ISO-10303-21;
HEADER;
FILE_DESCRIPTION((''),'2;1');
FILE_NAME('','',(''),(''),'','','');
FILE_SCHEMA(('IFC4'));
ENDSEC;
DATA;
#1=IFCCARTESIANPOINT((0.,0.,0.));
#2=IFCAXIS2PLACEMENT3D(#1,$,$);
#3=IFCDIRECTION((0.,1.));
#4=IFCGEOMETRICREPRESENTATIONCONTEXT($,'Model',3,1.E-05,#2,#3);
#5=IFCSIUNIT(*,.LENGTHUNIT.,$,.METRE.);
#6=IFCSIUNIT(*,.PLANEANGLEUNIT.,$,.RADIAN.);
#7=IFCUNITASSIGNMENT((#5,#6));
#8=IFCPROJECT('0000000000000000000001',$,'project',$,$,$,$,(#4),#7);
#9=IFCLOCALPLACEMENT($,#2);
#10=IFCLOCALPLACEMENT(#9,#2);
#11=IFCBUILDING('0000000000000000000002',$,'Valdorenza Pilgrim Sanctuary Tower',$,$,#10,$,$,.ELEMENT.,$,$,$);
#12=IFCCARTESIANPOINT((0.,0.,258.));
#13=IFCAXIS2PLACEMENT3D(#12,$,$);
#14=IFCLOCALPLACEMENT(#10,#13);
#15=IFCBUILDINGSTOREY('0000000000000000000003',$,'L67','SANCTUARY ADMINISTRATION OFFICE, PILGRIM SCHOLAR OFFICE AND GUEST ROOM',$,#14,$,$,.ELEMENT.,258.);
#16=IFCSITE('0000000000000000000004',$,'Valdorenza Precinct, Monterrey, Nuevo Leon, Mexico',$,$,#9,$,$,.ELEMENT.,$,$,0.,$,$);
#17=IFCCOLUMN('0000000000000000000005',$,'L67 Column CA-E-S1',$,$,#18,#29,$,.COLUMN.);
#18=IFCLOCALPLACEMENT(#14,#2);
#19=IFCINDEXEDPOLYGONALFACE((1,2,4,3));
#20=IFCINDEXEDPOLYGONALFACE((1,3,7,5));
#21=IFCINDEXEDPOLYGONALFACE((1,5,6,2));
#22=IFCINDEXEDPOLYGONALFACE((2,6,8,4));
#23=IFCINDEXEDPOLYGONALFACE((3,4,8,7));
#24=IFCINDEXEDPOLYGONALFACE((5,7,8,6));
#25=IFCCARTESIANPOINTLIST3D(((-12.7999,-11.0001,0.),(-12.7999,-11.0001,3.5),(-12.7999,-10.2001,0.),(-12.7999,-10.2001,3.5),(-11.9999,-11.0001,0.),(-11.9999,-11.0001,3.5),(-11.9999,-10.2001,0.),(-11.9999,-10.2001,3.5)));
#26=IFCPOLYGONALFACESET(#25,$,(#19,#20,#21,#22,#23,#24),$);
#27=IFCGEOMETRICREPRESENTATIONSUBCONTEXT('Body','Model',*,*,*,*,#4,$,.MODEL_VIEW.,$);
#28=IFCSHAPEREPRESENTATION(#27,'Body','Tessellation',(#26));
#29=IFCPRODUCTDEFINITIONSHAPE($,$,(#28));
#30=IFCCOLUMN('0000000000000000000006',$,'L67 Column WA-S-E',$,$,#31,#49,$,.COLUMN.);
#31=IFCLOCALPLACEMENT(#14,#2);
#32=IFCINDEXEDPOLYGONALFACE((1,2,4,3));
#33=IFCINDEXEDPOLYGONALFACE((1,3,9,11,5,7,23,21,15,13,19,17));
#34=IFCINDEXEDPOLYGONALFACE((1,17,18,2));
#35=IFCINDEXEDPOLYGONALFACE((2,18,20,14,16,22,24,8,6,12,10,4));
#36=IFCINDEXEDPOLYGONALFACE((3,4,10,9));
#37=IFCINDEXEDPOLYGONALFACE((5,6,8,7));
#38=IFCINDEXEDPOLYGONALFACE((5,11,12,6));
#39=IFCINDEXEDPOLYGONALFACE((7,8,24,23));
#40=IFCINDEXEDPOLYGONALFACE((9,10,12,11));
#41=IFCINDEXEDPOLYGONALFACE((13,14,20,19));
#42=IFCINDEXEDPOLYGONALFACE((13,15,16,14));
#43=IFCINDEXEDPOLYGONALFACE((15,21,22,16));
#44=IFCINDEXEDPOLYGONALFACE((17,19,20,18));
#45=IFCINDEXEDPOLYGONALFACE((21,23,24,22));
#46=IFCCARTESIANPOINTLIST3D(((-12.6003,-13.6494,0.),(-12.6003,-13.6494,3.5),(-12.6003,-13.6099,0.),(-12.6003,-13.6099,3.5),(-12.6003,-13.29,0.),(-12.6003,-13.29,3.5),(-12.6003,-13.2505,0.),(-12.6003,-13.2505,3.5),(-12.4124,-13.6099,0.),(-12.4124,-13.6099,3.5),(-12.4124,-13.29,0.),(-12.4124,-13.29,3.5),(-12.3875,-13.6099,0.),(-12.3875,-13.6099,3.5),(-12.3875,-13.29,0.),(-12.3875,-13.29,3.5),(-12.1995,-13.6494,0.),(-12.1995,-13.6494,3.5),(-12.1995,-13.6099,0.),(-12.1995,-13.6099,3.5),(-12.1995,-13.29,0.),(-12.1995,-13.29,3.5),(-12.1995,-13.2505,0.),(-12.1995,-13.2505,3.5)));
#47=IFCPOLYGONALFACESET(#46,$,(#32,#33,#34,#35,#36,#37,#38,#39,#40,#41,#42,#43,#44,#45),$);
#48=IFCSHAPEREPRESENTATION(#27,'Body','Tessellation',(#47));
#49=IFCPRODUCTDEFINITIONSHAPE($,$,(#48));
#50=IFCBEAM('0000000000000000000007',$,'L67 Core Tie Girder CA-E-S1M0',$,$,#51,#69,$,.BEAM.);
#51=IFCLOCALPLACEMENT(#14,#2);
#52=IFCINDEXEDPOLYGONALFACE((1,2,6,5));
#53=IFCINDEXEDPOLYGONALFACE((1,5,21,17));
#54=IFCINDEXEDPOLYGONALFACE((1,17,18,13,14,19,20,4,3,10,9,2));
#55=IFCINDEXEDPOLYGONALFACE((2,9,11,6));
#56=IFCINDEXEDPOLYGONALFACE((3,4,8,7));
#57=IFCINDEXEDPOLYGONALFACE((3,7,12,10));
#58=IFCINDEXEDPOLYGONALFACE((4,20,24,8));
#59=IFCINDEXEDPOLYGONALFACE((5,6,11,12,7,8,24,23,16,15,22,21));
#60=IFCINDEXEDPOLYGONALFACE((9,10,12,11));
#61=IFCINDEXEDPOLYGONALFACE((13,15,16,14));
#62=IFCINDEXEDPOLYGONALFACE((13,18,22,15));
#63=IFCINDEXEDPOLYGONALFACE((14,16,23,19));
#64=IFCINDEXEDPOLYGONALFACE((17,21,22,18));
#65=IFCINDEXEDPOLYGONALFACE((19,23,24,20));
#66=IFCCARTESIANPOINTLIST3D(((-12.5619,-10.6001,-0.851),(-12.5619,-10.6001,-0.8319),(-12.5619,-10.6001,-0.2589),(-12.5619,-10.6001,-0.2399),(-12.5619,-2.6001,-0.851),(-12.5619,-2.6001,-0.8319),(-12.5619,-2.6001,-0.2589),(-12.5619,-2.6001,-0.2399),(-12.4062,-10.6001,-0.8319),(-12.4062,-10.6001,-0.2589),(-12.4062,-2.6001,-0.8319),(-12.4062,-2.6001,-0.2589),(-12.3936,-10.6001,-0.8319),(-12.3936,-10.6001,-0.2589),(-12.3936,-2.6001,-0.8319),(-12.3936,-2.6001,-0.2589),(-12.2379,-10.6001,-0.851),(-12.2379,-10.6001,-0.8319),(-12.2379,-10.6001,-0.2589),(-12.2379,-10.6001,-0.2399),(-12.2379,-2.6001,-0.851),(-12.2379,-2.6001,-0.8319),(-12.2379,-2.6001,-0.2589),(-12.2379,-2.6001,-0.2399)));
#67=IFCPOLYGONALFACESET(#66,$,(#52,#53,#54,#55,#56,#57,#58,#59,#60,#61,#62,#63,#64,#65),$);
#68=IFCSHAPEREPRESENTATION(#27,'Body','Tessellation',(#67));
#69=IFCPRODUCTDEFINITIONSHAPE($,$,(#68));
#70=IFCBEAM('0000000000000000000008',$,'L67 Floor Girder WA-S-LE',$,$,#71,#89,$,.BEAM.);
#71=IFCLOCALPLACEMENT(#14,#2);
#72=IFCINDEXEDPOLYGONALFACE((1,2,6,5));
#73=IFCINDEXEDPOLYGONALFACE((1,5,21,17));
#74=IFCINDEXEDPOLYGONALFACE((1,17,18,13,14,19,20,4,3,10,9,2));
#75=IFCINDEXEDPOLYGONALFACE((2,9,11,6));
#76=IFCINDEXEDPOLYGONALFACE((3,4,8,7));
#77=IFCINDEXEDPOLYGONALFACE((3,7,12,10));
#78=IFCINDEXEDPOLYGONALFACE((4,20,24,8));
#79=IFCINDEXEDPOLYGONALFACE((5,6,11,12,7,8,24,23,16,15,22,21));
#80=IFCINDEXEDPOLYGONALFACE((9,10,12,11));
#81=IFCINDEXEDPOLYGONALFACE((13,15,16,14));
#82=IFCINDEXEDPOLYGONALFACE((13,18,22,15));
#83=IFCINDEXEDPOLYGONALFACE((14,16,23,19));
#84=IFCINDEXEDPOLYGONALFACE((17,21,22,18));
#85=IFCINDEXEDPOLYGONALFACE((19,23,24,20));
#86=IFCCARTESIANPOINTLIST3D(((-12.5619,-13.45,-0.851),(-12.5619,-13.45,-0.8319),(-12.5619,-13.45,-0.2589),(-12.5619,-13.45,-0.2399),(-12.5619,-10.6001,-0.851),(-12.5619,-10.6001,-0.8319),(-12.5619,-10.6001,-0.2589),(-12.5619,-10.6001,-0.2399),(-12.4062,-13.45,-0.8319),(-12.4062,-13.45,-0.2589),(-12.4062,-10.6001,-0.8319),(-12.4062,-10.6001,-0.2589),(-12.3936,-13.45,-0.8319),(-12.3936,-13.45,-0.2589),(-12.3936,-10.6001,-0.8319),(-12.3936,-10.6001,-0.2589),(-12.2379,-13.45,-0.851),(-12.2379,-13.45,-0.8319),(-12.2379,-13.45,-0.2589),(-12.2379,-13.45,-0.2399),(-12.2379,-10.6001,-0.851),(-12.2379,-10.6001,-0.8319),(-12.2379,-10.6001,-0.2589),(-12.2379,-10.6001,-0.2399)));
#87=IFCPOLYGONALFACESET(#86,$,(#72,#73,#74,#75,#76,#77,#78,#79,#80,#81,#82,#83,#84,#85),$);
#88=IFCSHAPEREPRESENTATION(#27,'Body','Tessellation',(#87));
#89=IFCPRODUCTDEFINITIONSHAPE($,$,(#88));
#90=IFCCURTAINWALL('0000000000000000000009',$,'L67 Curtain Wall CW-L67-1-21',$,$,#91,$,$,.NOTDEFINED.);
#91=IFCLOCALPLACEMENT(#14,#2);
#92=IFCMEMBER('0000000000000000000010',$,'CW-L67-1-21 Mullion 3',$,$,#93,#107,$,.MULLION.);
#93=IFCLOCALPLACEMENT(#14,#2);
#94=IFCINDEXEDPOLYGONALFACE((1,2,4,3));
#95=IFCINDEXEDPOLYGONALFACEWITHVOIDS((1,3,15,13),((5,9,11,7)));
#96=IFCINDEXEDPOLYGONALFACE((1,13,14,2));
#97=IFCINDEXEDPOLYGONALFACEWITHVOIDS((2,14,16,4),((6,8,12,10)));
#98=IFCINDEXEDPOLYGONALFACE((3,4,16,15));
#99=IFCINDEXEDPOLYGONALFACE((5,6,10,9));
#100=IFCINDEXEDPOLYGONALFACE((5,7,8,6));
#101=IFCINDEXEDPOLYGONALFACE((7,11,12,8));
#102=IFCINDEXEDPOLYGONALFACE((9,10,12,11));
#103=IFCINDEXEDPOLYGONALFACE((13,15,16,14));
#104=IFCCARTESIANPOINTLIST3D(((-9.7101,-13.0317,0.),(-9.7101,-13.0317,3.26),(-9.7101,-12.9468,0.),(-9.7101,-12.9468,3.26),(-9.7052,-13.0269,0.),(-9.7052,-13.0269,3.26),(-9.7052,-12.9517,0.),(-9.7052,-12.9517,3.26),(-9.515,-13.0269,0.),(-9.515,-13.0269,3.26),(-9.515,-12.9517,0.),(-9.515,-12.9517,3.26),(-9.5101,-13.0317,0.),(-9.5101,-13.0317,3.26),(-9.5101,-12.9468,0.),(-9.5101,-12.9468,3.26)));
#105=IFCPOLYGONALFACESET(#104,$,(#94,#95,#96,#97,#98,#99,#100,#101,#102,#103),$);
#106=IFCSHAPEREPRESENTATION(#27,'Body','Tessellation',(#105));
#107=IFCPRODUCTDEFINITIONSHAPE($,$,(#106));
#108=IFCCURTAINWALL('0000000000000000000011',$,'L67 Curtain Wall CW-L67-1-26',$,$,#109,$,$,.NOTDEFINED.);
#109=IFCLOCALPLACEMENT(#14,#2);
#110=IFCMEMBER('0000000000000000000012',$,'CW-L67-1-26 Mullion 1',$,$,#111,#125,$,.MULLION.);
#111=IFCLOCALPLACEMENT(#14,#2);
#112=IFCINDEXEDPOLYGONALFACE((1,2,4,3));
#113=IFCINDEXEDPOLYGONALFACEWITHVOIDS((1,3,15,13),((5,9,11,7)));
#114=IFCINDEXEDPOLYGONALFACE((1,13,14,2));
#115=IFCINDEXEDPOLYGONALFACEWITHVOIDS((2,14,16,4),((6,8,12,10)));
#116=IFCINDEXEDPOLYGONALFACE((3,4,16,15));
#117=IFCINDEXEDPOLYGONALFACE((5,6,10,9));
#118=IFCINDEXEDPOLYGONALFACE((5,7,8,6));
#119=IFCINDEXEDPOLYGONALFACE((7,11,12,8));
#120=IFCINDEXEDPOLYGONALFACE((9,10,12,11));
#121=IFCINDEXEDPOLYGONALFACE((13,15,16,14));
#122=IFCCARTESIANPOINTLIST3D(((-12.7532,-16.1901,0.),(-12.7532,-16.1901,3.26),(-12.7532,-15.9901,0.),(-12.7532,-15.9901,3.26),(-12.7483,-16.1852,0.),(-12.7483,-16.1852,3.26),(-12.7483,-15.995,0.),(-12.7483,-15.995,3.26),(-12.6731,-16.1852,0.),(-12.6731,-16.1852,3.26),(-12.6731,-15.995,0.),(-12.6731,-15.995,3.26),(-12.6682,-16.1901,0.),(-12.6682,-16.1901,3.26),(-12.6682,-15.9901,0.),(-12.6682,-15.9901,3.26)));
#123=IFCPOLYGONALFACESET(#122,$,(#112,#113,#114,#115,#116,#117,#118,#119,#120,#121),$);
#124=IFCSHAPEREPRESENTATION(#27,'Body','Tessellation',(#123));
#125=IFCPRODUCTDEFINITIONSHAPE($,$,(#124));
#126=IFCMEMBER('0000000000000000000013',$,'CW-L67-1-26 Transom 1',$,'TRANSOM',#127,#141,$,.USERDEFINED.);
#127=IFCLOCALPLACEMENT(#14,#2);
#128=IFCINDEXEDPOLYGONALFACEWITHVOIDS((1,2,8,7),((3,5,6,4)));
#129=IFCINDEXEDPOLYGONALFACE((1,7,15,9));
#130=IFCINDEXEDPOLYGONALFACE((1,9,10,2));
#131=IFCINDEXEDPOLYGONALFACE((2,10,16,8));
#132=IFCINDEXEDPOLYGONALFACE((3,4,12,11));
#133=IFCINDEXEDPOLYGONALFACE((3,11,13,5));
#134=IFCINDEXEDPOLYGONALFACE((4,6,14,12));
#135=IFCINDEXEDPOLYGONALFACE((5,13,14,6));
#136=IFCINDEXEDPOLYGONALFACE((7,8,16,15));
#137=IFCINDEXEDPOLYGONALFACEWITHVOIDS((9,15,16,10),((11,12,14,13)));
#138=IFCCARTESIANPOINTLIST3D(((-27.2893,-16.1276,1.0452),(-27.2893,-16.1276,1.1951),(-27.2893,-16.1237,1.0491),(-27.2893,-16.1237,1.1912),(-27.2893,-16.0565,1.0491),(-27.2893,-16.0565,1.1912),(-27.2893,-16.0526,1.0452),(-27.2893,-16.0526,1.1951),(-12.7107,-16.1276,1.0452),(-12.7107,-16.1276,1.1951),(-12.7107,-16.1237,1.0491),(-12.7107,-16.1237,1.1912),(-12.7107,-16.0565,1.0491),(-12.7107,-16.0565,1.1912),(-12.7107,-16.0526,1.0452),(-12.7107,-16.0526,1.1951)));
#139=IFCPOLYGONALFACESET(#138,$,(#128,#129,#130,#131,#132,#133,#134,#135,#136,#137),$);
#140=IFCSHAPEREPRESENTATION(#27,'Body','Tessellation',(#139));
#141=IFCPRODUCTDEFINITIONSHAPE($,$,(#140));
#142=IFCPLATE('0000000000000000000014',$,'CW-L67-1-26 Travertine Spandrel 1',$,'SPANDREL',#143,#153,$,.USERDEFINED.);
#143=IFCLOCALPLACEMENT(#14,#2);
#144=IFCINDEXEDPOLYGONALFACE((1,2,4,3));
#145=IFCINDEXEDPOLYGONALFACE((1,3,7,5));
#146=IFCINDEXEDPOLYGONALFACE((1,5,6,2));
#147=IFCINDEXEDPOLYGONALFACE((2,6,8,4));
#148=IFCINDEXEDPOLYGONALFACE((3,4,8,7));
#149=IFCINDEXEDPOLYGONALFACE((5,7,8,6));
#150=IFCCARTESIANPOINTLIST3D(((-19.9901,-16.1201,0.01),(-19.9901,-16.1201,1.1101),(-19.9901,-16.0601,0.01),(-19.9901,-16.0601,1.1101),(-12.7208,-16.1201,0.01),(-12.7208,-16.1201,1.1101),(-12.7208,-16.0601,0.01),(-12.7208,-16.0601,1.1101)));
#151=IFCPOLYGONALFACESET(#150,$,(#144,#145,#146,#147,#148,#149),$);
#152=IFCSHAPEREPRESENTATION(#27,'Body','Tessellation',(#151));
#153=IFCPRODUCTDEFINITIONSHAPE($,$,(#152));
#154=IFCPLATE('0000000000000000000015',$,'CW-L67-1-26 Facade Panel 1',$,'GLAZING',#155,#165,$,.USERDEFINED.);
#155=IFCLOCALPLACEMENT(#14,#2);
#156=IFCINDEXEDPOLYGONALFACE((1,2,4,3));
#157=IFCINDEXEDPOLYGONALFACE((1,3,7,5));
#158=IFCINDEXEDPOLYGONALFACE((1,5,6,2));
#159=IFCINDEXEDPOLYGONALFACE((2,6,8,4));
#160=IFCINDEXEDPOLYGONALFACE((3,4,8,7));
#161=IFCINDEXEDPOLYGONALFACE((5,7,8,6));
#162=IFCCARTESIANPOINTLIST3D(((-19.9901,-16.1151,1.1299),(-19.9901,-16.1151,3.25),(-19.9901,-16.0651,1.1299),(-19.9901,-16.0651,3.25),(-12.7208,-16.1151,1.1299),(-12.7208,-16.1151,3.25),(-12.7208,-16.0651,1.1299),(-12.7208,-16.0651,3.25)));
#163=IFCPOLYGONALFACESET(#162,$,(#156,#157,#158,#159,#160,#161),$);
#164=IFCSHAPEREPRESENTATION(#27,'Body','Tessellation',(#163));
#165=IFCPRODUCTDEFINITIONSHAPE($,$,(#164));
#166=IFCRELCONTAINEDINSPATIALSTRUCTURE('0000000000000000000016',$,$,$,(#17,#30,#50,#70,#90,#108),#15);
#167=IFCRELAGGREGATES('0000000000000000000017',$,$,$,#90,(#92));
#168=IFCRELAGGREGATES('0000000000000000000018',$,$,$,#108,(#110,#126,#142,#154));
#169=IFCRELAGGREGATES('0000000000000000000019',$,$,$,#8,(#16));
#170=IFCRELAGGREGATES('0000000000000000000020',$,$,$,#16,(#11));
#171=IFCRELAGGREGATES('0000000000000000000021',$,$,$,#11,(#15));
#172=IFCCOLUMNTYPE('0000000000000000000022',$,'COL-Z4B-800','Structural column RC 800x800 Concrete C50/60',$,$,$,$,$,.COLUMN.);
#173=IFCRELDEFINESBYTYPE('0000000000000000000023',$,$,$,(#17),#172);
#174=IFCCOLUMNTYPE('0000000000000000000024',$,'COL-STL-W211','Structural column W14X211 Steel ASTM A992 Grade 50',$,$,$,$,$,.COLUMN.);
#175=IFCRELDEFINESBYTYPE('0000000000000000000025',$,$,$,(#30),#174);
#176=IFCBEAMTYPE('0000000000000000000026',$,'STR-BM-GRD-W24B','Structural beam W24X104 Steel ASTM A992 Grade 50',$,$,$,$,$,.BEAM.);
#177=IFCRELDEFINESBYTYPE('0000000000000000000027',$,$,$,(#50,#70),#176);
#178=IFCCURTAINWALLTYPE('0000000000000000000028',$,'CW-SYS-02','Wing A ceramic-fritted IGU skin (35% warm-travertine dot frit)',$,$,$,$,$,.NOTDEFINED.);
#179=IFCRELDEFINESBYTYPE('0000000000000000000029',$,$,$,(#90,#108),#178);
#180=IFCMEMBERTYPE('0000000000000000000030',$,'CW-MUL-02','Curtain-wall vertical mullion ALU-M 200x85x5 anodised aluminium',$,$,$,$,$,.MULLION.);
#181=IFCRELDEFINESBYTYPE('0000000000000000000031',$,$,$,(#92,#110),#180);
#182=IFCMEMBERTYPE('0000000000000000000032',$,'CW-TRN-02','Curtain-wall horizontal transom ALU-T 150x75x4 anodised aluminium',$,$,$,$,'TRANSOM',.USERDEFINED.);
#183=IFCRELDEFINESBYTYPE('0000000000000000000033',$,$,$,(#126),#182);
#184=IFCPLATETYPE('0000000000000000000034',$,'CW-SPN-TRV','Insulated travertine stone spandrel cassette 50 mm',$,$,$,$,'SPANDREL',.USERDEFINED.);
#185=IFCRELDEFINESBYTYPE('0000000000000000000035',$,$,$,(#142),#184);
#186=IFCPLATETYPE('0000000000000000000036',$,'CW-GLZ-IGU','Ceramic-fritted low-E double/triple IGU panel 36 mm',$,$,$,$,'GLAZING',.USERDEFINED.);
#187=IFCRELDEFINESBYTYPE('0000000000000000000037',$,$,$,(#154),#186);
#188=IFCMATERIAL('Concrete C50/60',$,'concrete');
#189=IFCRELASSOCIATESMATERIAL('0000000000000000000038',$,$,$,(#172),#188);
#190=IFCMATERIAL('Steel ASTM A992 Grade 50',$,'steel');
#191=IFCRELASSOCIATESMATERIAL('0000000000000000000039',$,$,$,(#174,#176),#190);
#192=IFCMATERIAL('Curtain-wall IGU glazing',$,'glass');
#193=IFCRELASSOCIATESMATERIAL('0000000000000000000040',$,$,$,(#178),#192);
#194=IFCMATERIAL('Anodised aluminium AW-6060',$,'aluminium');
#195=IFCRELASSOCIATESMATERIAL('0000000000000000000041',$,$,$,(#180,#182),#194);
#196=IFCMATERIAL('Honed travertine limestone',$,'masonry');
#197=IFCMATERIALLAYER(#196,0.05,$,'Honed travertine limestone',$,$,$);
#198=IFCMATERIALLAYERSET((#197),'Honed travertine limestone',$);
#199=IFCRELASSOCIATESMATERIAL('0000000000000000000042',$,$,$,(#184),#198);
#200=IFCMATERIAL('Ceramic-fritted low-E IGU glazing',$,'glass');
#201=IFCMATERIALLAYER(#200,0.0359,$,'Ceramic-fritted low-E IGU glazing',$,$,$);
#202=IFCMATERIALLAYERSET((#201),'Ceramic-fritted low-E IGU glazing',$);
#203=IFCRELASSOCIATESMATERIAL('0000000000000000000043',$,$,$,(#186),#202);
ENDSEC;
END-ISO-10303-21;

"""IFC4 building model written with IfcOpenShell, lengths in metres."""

from ifc_helpers import new_model, si_unit, direction, frame, origin, origin_2d, place, context, subcontext, project, spatial, rectangle, hollow_rectangle, i_section, extrude, source, transform, mapped, material, layer, layer_set, material_profile, profile_set, type_object, element, aggregate, save


model = new_model("IFC4")

# Units and contexts
model_context = context("Model", 3, precision=1e-05, world=origin(), true_north=direction((0.0, 1.0)))
body_context = subcontext(model_context, "Body", "Model", "MODEL_VIEW")
ifc_project = project(units=[si_unit("LENGTHUNIT", "METRE"), si_unit("PLANEANGLEUNIT", "RADIAN")], contexts=[model_context])

# Site, building, storey
site_placement = place(None, origin())
site = spatial("IfcSite", under=ifc_project, at=site_placement, Name="Valdorenza Precinct, Monterrey, Nuevo Leon, Mexico", CompositionType="ELEMENT", RefElevation=0.0)
building_placement = place(site_placement, origin())
building = spatial("IfcBuilding", under=site, at=building_placement, Name="Valdorenza Pilgrim Sanctuary Tower", CompositionType="ELEMENT")
storey_placement = place(building_placement, frame((0.0, 0.0, 258.0)))
storey = spatial("IfcBuildingStorey", under=building, at=storey_placement, Name="L67", Description="SANCTUARY ADMINISTRATION OFFICE, PILGRIM SCHOLAR OFFICE AND GUEST ROOM", CompositionType="ELEMENT", Elevation=258.0)

# Columns
ifc_material_1 = material(Name="Concrete C50/60", Category="concrete")
ifc_material_profile_1 = material_profile(ifc_material_1, rectangle(XDim=0.8, YDim=0.8, at=origin_2d()), Name="RC 800x800")
ifc_profile_set_1 = profile_set([ifc_material_profile_1], Name="Concrete C50/60")
column_type_1 = type_object("IfcColumnType", Name="COL-Z4B-800", Description="Structural column RC 800x800 Concrete C50/60", PredefinedType="COLUMN", material=ifc_profile_set_1)
shared_shape_1 = source(origin(), body_context, "Body", "SweptSolid", [
    extrude(rectangle(XDim=0.8, YDim=0.8, at=origin_2d()), origin(), (0.0, 0.0, 1.0), 3.5),
])
column_1_placement = place(storey_placement, frame((-12.3999, -10.6001, 0.0), z_axis=(0.0, 0.0, 1.0), x_axis=(1.0, 0.0, 0.0)))
element("IfcColumn", 1, at=column_1_placement, inside=storey, type_object=column_type_1, Name="L67 Column CA-E-S1", PredefinedType="COLUMN", context=body_context, shape_type="MappedRepresentation", body=[
    mapped(shared_shape_1, transform((0.0, 0.0, 0.0), x_axis=(1.0, 0.0, 0.0), y_axis=(0.0, 1.0, 0.0), z_axis=(0.0, 0.0, 1.0), scale=1.0)),
])
ifc_material_2 = material(Name="Steel ASTM A992 Grade 50", Category="steel")
ifc_material_profile_2 = material_profile(ifc_material_2, i_section(OverallWidth=0.4009, OverallDepth=0.3989, WebThickness=0.0249, FlangeThickness=0.0396, at=origin_2d()), Name="W14X211")
ifc_profile_set_2 = profile_set([ifc_material_profile_2], Name="Steel ASTM A992 Grade 50")
column_type_2 = type_object("IfcColumnType", Name="COL-STL-W211", Description="Structural column W14X211 Steel ASTM A992 Grade 50", PredefinedType="COLUMN", material=ifc_profile_set_2)
shared_shape_2 = source(origin(), body_context, "Body", "SweptSolid", [
    extrude(i_section(OverallWidth=0.4009, OverallDepth=0.3989, WebThickness=0.0249, FlangeThickness=0.0396, at=origin_2d()), origin(), (0.0, 0.0, 1.0), 3.5),
])
column_2_placement = place(storey_placement, frame((-12.3999, -13.45, 0.0), z_axis=(0.0, 0.0, 1.0), x_axis=(1.0, 0.0, 0.0)))
element("IfcColumn", 2, at=column_2_placement, inside=storey, type_object=column_type_2, Name="L67 Column WA-S-E", PredefinedType="COLUMN", context=body_context, shape_type="MappedRepresentation", body=[
    mapped(shared_shape_2, transform((0.0, 0.0, 0.0), x_axis=(1.0, 0.0, 0.0), y_axis=(0.0, 1.0, 0.0), z_axis=(0.0, 0.0, 1.0), scale=1.0)),
])

# Beams
ifc_material_profile_3 = material_profile(ifc_material_2, i_section(OverallWidth=0.324, OverallDepth=0.6111, WebThickness=0.0127, FlangeThickness=0.019, at=origin_2d()), Name="W24X104")
ifc_profile_set_3 = profile_set([ifc_material_profile_3], Name="Steel ASTM A992 Grade 50")
beam_type = type_object("IfcBeamType", Name="STR-BM-GRD-W24B", Description="Structural beam W24X104 Steel ASTM A992 Grade 50", PredefinedType="BEAM", material=ifc_profile_set_3)
shared_shape_3 = source(origin(), body_context, "Body", "SweptSolid", [
    extrude(i_section(OverallWidth=0.324, OverallDepth=0.6111, WebThickness=0.0127, FlangeThickness=0.019, at=origin_2d()), origin(), (0.0, 0.0, 1.0), 8.0),
])
beam_1_placement = place(storey_placement, frame((-12.3999, -10.6001, -0.5454), z_axis=(0.0, 1.0, 0.0), x_axis=(-1.0, 0.0, 0.0)))
element("IfcBeam", 3, at=beam_1_placement, inside=storey, type_object=beam_type, Name="L67 Core Tie Girder CA-E-S1M0", PredefinedType="BEAM", context=body_context, shape_type="MappedRepresentation", body=[
    mapped(shared_shape_3, transform((0.0, 0.0, 0.0), x_axis=(1.0, 0.0, 0.0), y_axis=(0.0, 1.0, 0.0), z_axis=(0.0, 0.0, 1.0), scale=1.0)),
])
shared_shape_4 = source(origin(), body_context, "Body", "SweptSolid", [
    extrude(i_section(OverallWidth=0.324, OverallDepth=0.6111, WebThickness=0.0127, FlangeThickness=0.019, at=origin_2d()), origin(), (0.0, 0.0, 1.0), 2.8499),
])
beam_2_placement = place(storey_placement, frame((-12.3999, -13.45, -0.5454), z_axis=(0.0, 1.0, 0.0), x_axis=(-1.0, 0.0, 0.0)))
element("IfcBeam", 4, at=beam_2_placement, inside=storey, type_object=beam_type, Name="L67 Floor Girder WA-S-LE", PredefinedType="BEAM", context=body_context, shape_type="MappedRepresentation", body=[
    mapped(shared_shape_4, transform((0.0, 0.0, 0.0), x_axis=(1.0, 0.0, 0.0), y_axis=(0.0, 1.0, 0.0), z_axis=(0.0, 0.0, 1.0), scale=1.0)),
])

# Curtain wall, member
ifc_material_3 = material(Name="Curtain-wall IGU glazing", Category="glass")
curtain_wall_type = type_object("IfcCurtainWallType", Name="CW-SYS-02", Description="Wing A ceramic-fritted IGU skin (35% warm-travertine dot frit)", PredefinedType="NOTDEFINED", material=ifc_material_3)
curtain_wall_1_placement = place(storey_placement, origin())
curtain_wall_1 = element("IfcCurtainWall", 5, at=curtain_wall_1_placement, inside=storey, type_object=curtain_wall_type, Name="L67 Curtain Wall CW-L67-1-21", PredefinedType="NOTDEFINED")
ifc_material_4 = material(Name="Anodised aluminium AW-6060", Category="aluminium")
ifc_material_profile_4 = material_profile(ifc_material_4, hollow_rectangle(XDim=0.085, YDim=0.2, WallThickness=0.0049, at=origin_2d()), Name="ALU-M 200x85x5")
ifc_profile_set_4 = profile_set([ifc_material_profile_4], Name="Anodised aluminium AW-6060")
member_type_1 = type_object("IfcMemberType", Name="CW-MUL-02", Description="Curtain-wall vertical mullion ALU-M 200x85x5 anodised aluminium", PredefinedType="MULLION", material=ifc_profile_set_4)
shared_shape_5 = source(origin(), body_context, "Body", "SweptSolid", [
    extrude(hollow_rectangle(XDim=0.085, YDim=0.2, WallThickness=0.0049, at=origin_2d()), origin(), (0.0, 0.0, 1.0), 3.26),
])
member_1_placement = place(storey_placement, frame((-9.6101, -12.9893, 0.0), z_axis=(0.0, 0.0, 1.0), x_axis=(0.0, -1.0, 0.0)))
member_1 = element("IfcMember", 6, at=member_1_placement, type_object=member_type_1, Name="CW-L67-1-21 Mullion 3", PredefinedType="MULLION", context=body_context, shape_type="MappedRepresentation", body=[
    mapped(shared_shape_5, transform((0.0, 0.0, 0.0), x_axis=(1.0, 0.0, 0.0), y_axis=(0.0, 1.0, 0.0), z_axis=(0.0, 0.0, 1.0), scale=1.0)),
])
aggregate(curtain_wall_1, [member_1])

# Curtain wall, members, plates
curtain_wall_2_placement = place(storey_placement, origin())
curtain_wall_2 = element("IfcCurtainWall", 7, at=curtain_wall_2_placement, inside=storey, type_object=curtain_wall_type, Name="L67 Curtain Wall CW-L67-1-26", PredefinedType="NOTDEFINED")
member_2_placement = place(storey_placement, frame((-12.7107, -16.0901, 0.0), z_axis=(0.0, 0.0, 1.0), x_axis=(-1.0, 0.0, 0.0)))
member_2 = element("IfcMember", 8, at=member_2_placement, type_object=member_type_1, Name="CW-L67-1-26 Mullion 1", PredefinedType="MULLION", context=body_context, shape_type="MappedRepresentation", body=[
    mapped(shared_shape_5, transform((0.0, 0.0, 0.0), x_axis=(1.0, 0.0, 0.0), y_axis=(0.0, 1.0, 0.0), z_axis=(0.0, 0.0, 1.0), scale=1.0)),
])
ifc_material_profile_5 = material_profile(ifc_material_4, hollow_rectangle(XDim=0.075, YDim=0.1499, WallThickness=0.0039, at=origin_2d()), Name="ALU-T 150x75x4")
ifc_profile_set_5 = profile_set([ifc_material_profile_5], Name="Anodised aluminium AW-6060")
member_type_2 = type_object("IfcMemberType", Name="CW-TRN-02", Description="Curtain-wall horizontal transom ALU-T 150x75x4 anodised aluminium", ElementType="TRANSOM", PredefinedType="USERDEFINED", material=ifc_profile_set_5)
shared_shape_6 = source(origin(), body_context, "Body", "SweptSolid", [
    extrude(hollow_rectangle(XDim=0.075, YDim=0.1499, WallThickness=0.0039, at=origin_2d()), origin(), (0.0, 0.0, 1.0), 14.5786),
])
member_3_placement = place(storey_placement, frame((-12.7107, -16.0901, 1.1201), z_axis=(-1.0, 0.0, 0.0), x_axis=(0.0, -1.0, 0.0)))
member_3 = element("IfcMember", 9, at=member_3_placement, type_object=member_type_2, Name="CW-L67-1-26 Transom 1", ObjectType="TRANSOM", PredefinedType="USERDEFINED", context=body_context, shape_type="MappedRepresentation", body=[
    mapped(shared_shape_6, transform((0.0, 0.0, 0.0), x_axis=(1.0, 0.0, 0.0), y_axis=(0.0, 1.0, 0.0), z_axis=(0.0, 0.0, 1.0), scale=1.0)),
])
ifc_material_5 = material(Name="Honed travertine limestone", Category="masonry")
ifc_layer_1 = layer(ifc_material_5, 0.05, Name="Honed travertine limestone")
ifc_layer_set_1 = layer_set([ifc_layer_1], Name="Honed travertine limestone")
plate_type_1 = type_object("IfcPlateType", Name="CW-SPN-TRV", Description="Insulated travertine stone spandrel cassette 50 mm", ElementType="SPANDREL", PredefinedType="USERDEFINED", material=ifc_layer_set_1)
shared_shape_7 = source(origin(), body_context, "Body", "SweptSolid", [
    extrude(rectangle(XDim=7.2693, YDim=0.0601, at=origin_2d()), origin(), (0.0, 0.0, 1.0), 1.1001),
])
plate_1_placement = place(storey_placement, frame((-16.3555, -16.0901, 0.01), z_axis=(0.0, 0.0, 1.0), x_axis=(-1.0, 0.0, 0.0)))
plate_1 = element("IfcPlate", 10, at=plate_1_placement, type_object=plate_type_1, Name="CW-L67-1-26 Travertine Spandrel 1", ObjectType="SPANDREL", PredefinedType="USERDEFINED", context=body_context, shape_type="MappedRepresentation", body=[
    mapped(shared_shape_7, transform((0.0, 0.0, 0.0), x_axis=(1.0, 0.0, 0.0), y_axis=(0.0, 1.0, 0.0), z_axis=(0.0, 0.0, 1.0), scale=1.0)),
])
ifc_material_6 = material(Name="Ceramic-fritted low-E IGU glazing", Category="glass")
ifc_layer_2 = layer(ifc_material_6, 0.0359, Name="Ceramic-fritted low-E IGU glazing")
ifc_layer_set_2 = layer_set([ifc_layer_2], Name="Ceramic-fritted low-E IGU glazing")
plate_type_2 = type_object("IfcPlateType", Name="CW-GLZ-IGU", Description="Ceramic-fritted low-E double/triple IGU panel 36 mm", ElementType="GLAZING", PredefinedType="USERDEFINED", material=ifc_layer_set_2)
shared_shape_8 = source(origin(), body_context, "Body", "SweptSolid", [
    extrude(rectangle(XDim=7.2693, YDim=0.05, at=origin_2d()), origin(), (0.0, 0.0, 1.0), 2.1201),
])
plate_2_placement = place(storey_placement, frame((-16.3555, -16.0901, 1.1299), z_axis=(0.0, 0.0, 1.0), x_axis=(-1.0, 0.0, 0.0)))
plate_2 = element("IfcPlate", 11, at=plate_2_placement, type_object=plate_type_2, Name="CW-L67-1-26 Facade Panel 1", ObjectType="GLAZING", PredefinedType="USERDEFINED", context=body_context, shape_type="MappedRepresentation", body=[
    mapped(shared_shape_8, transform((0.0, 0.0, 0.0), x_axis=(1.0, 0.0, 0.0), y_axis=(0.0, 1.0, 0.0), z_axis=(0.0, 0.0, 1.0), scale=1.0)),
])
aggregate(curtain_wall_2, [member_2, member_3, plate_1, plate_2])

save(model, "model.ifc")
